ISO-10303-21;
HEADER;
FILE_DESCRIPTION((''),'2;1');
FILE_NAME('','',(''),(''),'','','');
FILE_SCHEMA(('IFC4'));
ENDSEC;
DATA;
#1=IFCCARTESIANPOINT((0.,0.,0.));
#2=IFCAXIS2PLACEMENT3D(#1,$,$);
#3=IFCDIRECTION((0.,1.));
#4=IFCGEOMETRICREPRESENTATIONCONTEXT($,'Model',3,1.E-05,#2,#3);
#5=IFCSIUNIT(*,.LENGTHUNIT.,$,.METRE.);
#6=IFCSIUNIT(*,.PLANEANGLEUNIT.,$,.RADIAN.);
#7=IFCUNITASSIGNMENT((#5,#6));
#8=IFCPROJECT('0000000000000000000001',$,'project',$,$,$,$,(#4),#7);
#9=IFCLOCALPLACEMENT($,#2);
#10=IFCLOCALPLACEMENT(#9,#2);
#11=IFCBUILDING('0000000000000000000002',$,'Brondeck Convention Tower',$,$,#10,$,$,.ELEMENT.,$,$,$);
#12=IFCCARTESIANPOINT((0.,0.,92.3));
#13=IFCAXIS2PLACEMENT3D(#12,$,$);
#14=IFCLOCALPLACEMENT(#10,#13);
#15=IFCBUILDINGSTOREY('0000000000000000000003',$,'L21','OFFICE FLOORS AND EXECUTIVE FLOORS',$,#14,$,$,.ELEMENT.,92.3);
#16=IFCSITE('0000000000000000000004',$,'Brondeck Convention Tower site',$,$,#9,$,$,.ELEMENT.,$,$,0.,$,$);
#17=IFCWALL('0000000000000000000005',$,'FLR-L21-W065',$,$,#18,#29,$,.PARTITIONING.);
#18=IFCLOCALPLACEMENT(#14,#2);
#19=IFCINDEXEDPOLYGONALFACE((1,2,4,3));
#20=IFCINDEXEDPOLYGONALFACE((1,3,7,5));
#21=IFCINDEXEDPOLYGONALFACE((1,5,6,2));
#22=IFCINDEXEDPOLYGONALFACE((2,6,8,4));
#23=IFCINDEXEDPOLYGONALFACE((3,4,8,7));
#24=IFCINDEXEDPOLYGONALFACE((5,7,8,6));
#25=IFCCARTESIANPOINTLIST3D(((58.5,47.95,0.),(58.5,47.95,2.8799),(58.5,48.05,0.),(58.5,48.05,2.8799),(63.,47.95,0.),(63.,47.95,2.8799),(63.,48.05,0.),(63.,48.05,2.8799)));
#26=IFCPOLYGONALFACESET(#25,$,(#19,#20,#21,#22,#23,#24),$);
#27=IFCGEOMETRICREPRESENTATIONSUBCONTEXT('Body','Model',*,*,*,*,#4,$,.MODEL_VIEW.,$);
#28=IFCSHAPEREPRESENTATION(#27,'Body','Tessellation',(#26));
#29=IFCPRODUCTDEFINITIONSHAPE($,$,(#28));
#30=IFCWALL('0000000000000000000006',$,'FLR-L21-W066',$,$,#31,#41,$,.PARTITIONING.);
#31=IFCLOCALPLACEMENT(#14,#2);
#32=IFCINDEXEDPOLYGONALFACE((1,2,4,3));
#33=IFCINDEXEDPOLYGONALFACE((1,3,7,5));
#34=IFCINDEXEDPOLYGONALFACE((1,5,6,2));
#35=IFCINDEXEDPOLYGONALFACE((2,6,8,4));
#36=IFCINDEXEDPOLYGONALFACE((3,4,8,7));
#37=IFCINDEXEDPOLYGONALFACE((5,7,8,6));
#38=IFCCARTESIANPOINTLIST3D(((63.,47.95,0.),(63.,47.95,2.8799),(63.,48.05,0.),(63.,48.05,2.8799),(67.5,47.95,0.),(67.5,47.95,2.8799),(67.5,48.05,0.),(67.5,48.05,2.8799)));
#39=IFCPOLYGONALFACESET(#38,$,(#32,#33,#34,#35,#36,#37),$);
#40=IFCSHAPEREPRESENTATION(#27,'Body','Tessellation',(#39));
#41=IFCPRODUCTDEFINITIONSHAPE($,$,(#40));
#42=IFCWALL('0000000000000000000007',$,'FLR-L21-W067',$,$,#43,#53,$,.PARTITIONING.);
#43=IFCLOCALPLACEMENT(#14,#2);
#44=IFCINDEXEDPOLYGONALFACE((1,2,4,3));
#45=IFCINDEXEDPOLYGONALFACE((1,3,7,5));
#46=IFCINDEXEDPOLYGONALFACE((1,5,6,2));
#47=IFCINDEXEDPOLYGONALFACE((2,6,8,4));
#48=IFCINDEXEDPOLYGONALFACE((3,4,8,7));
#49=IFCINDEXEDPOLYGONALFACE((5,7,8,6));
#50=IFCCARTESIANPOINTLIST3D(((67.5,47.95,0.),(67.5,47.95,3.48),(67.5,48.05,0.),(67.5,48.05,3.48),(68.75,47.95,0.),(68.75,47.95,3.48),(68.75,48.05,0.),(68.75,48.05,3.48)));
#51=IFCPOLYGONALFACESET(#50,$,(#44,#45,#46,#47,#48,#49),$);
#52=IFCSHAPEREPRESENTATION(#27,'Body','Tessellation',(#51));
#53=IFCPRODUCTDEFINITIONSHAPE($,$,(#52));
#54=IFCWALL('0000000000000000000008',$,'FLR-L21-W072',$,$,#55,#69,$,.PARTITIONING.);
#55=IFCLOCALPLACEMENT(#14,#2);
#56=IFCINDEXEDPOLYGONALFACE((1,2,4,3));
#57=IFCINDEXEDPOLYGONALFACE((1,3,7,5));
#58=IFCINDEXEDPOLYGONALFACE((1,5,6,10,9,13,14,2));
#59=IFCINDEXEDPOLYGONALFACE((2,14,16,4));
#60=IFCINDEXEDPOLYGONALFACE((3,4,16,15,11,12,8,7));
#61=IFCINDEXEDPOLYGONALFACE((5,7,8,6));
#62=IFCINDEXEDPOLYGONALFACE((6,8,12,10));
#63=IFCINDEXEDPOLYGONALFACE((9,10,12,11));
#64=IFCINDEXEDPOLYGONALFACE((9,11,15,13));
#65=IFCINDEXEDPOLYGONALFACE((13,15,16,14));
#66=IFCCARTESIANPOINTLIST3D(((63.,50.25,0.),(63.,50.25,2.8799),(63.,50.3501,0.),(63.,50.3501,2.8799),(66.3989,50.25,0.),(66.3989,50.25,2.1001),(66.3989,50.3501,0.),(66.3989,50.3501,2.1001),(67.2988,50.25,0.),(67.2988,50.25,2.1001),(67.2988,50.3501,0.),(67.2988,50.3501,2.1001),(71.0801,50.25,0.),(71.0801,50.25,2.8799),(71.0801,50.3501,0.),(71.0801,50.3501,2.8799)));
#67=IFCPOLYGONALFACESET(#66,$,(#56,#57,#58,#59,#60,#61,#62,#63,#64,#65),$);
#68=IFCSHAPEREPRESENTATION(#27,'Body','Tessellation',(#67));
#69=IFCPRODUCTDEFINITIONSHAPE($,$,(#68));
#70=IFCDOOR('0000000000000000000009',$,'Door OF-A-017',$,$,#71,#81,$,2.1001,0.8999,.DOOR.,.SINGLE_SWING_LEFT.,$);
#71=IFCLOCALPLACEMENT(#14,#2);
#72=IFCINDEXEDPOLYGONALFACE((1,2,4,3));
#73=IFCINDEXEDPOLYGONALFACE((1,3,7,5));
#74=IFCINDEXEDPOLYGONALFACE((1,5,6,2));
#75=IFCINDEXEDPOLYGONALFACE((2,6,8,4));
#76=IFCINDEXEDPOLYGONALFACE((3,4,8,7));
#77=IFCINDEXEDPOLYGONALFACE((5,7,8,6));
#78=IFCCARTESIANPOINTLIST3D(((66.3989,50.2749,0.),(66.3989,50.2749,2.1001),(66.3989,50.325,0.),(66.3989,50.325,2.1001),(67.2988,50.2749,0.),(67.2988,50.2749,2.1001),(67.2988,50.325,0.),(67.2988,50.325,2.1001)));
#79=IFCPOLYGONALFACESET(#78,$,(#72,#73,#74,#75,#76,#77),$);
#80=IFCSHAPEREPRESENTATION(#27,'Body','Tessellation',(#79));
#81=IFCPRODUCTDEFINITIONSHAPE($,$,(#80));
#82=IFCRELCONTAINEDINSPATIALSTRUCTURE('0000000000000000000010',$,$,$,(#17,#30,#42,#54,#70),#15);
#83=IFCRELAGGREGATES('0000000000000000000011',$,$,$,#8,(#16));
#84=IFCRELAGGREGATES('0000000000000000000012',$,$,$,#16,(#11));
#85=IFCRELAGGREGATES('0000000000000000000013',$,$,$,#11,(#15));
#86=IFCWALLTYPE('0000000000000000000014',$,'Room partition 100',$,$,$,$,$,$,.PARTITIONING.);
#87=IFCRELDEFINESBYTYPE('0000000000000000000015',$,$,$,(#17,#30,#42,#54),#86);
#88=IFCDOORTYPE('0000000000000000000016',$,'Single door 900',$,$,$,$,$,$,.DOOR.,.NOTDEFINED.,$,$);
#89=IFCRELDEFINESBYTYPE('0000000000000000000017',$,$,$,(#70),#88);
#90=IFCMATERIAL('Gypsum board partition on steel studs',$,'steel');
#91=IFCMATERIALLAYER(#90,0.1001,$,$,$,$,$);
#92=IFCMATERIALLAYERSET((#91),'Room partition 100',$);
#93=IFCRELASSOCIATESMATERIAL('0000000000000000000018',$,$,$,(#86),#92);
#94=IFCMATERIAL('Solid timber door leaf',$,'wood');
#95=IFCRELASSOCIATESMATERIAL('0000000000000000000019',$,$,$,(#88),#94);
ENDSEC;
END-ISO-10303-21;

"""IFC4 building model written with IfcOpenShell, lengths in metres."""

from ifc_helpers import new_model, si_unit, direction, frame, frame_2d, origin, place, context, subcontext, project, spatial, rectangle, extrude, material, layer, layer_set, type_object, element, fill, save


model = new_model("IFC4")

# Units and contexts
model_context = context("Model", 3, precision=1e-05, world=origin(), true_north=direction((0.0, 1.0)))
body_context = subcontext(model_context, "Body", "Model", "MODEL_VIEW")
ifc_project = project(units=[si_unit("LENGTHUNIT", "METRE"), si_unit("PLANEANGLEUNIT", "RADIAN")], contexts=[model_context])

# Site, building, storey
site_placement = place(None, origin())
site = spatial("IfcSite", under=ifc_project, at=site_placement, Name="Brondeck Convention Tower site", CompositionType="ELEMENT", RefElevation=0.0)
building_placement = place(site_placement, origin())
building = spatial("IfcBuilding", under=site, at=building_placement, Name="Brondeck Convention Tower", CompositionType="ELEMENT")
storey_placement = place(building_placement, frame((0.0, 0.0, 92.3)))
storey = spatial("IfcBuildingStorey", under=building, at=storey_placement, Name="L21", Description="OFFICE FLOORS AND EXECUTIVE FLOORS", CompositionType="ELEMENT", Elevation=92.3)

# Walls
ifc_material_1 = material(Name="Gypsum board partition on steel studs", Category="steel")
ifc_layer = layer(ifc_material_1, 0.1001)
ifc_layer_set = layer_set([ifc_layer], Name="Room partition 100")
wall_type = type_object("IfcWallType", Name="Room partition 100", PredefinedType="PARTITIONING", material=ifc_layer_set)
for number, where, z_axis, x_axis, name in (
    (1, (63.0, 48.0, 0.0), (0.0, 0.0, 1.0), (-1.0, 0.0, 0.0), "FLR-L21-W065"),
    (2, (67.5, 48.0, 0.0), (0.0, 0.0, 1.0), (-1.0, 0.0, 0.0), "FLR-L21-W066"),
):
    element("IfcWall", number, at=place(storey_placement, frame(where, z_axis=z_axis, x_axis=x_axis)), inside=storey, type_object=wall_type, Name=name, PredefinedType="PARTITIONING", context=body_context, shape_type="SweptSolid", body=[
        extrude(rectangle(XDim=4.5, YDim=0.1001, at=frame_2d((2.25, 0.0))), origin(), (0.0, 0.0, 1.0), 2.8799),
    ])
wall_1_placement = place(storey_placement, frame((68.75, 48.0, 0.0), z_axis=(0.0, 0.0, 1.0), x_axis=(-1.0, 0.0, 0.0)))
element("IfcWall", 3, at=wall_1_placement, inside=storey, type_object=wall_type, Name="FLR-L21-W067", PredefinedType="PARTITIONING", context=body_context, shape_type="SweptSolid", body=[
    extrude(rectangle(XDim=1.25, YDim=0.1001, at=frame_2d((0.625, 0.0))), origin(), (0.0, 0.0, 1.0), 3.48),
])

# Wall, opening, door
wall_2_placement = place(storey_placement, frame((63.0, 50.3, 0.0), z_axis=(0.0, 0.0, 1.0), x_axis=(1.0, 0.0, 0.0)))
wall_2 = element("IfcWall", 4, at=wall_2_placement, inside=storey, type_object=wall_type, Name="FLR-L21-W072", PredefinedType="PARTITIONING", context=body_context, shape_type="SweptSolid", body=[
    extrude(rectangle(XDim=8.0801, YDim=0.1001, at=frame_2d((4.04, 0.0))), origin(), (0.0, 0.0, 1.0), 2.8799),
])
opening_placement = place(wall_2_placement, frame((3.3989, 0.0, 0.0)))
opening = element("IfcOpeningElement", 5, at=opening_placement, cuts=wall_2, PredefinedType="OPENING", context=body_context, shape_type="SweptSolid", body=[
    extrude(rectangle(XDim=0.8999, YDim=2.1001, at=frame_2d((0.45, 1.05))), frame((0.0, 0.0601, 0.0), z_axis=(0.0, -1.0, 0.0), x_axis=(1.0, 0.0, 0.0)), (0.0, 0.0, 1.0), 0.1201),
])
ifc_material_2 = material(Name="Solid timber door leaf", Category="wood")
door_type = type_object("IfcDoorType", Name="Single door 900", OperationType="NOTDEFINED", PredefinedType="DOOR", material=ifc_material_2)
door_placement = place(opening_placement, origin())
door = element("IfcDoor", 6, at=door_placement, inside=storey, type_object=door_type, Name="Door OF-A-017", OperationType="SINGLE_SWING_LEFT", OverallHeight=2.1001, OverallWidth=0.8999, PredefinedType="DOOR", context=body_context, shape_type="SweptSolid", body=[
    extrude(rectangle(XDim=0.8999, YDim=2.1001, at=frame_2d((0.45, 1.05))), frame((0.0, 0.0249, 0.0), z_axis=(0.0, -1.0, 0.0), x_axis=(1.0, 0.0, 0.0)), (0.0, 0.0, 1.0), 0.05),
])
fill(opening, door)

save(model, "model.ifc")
